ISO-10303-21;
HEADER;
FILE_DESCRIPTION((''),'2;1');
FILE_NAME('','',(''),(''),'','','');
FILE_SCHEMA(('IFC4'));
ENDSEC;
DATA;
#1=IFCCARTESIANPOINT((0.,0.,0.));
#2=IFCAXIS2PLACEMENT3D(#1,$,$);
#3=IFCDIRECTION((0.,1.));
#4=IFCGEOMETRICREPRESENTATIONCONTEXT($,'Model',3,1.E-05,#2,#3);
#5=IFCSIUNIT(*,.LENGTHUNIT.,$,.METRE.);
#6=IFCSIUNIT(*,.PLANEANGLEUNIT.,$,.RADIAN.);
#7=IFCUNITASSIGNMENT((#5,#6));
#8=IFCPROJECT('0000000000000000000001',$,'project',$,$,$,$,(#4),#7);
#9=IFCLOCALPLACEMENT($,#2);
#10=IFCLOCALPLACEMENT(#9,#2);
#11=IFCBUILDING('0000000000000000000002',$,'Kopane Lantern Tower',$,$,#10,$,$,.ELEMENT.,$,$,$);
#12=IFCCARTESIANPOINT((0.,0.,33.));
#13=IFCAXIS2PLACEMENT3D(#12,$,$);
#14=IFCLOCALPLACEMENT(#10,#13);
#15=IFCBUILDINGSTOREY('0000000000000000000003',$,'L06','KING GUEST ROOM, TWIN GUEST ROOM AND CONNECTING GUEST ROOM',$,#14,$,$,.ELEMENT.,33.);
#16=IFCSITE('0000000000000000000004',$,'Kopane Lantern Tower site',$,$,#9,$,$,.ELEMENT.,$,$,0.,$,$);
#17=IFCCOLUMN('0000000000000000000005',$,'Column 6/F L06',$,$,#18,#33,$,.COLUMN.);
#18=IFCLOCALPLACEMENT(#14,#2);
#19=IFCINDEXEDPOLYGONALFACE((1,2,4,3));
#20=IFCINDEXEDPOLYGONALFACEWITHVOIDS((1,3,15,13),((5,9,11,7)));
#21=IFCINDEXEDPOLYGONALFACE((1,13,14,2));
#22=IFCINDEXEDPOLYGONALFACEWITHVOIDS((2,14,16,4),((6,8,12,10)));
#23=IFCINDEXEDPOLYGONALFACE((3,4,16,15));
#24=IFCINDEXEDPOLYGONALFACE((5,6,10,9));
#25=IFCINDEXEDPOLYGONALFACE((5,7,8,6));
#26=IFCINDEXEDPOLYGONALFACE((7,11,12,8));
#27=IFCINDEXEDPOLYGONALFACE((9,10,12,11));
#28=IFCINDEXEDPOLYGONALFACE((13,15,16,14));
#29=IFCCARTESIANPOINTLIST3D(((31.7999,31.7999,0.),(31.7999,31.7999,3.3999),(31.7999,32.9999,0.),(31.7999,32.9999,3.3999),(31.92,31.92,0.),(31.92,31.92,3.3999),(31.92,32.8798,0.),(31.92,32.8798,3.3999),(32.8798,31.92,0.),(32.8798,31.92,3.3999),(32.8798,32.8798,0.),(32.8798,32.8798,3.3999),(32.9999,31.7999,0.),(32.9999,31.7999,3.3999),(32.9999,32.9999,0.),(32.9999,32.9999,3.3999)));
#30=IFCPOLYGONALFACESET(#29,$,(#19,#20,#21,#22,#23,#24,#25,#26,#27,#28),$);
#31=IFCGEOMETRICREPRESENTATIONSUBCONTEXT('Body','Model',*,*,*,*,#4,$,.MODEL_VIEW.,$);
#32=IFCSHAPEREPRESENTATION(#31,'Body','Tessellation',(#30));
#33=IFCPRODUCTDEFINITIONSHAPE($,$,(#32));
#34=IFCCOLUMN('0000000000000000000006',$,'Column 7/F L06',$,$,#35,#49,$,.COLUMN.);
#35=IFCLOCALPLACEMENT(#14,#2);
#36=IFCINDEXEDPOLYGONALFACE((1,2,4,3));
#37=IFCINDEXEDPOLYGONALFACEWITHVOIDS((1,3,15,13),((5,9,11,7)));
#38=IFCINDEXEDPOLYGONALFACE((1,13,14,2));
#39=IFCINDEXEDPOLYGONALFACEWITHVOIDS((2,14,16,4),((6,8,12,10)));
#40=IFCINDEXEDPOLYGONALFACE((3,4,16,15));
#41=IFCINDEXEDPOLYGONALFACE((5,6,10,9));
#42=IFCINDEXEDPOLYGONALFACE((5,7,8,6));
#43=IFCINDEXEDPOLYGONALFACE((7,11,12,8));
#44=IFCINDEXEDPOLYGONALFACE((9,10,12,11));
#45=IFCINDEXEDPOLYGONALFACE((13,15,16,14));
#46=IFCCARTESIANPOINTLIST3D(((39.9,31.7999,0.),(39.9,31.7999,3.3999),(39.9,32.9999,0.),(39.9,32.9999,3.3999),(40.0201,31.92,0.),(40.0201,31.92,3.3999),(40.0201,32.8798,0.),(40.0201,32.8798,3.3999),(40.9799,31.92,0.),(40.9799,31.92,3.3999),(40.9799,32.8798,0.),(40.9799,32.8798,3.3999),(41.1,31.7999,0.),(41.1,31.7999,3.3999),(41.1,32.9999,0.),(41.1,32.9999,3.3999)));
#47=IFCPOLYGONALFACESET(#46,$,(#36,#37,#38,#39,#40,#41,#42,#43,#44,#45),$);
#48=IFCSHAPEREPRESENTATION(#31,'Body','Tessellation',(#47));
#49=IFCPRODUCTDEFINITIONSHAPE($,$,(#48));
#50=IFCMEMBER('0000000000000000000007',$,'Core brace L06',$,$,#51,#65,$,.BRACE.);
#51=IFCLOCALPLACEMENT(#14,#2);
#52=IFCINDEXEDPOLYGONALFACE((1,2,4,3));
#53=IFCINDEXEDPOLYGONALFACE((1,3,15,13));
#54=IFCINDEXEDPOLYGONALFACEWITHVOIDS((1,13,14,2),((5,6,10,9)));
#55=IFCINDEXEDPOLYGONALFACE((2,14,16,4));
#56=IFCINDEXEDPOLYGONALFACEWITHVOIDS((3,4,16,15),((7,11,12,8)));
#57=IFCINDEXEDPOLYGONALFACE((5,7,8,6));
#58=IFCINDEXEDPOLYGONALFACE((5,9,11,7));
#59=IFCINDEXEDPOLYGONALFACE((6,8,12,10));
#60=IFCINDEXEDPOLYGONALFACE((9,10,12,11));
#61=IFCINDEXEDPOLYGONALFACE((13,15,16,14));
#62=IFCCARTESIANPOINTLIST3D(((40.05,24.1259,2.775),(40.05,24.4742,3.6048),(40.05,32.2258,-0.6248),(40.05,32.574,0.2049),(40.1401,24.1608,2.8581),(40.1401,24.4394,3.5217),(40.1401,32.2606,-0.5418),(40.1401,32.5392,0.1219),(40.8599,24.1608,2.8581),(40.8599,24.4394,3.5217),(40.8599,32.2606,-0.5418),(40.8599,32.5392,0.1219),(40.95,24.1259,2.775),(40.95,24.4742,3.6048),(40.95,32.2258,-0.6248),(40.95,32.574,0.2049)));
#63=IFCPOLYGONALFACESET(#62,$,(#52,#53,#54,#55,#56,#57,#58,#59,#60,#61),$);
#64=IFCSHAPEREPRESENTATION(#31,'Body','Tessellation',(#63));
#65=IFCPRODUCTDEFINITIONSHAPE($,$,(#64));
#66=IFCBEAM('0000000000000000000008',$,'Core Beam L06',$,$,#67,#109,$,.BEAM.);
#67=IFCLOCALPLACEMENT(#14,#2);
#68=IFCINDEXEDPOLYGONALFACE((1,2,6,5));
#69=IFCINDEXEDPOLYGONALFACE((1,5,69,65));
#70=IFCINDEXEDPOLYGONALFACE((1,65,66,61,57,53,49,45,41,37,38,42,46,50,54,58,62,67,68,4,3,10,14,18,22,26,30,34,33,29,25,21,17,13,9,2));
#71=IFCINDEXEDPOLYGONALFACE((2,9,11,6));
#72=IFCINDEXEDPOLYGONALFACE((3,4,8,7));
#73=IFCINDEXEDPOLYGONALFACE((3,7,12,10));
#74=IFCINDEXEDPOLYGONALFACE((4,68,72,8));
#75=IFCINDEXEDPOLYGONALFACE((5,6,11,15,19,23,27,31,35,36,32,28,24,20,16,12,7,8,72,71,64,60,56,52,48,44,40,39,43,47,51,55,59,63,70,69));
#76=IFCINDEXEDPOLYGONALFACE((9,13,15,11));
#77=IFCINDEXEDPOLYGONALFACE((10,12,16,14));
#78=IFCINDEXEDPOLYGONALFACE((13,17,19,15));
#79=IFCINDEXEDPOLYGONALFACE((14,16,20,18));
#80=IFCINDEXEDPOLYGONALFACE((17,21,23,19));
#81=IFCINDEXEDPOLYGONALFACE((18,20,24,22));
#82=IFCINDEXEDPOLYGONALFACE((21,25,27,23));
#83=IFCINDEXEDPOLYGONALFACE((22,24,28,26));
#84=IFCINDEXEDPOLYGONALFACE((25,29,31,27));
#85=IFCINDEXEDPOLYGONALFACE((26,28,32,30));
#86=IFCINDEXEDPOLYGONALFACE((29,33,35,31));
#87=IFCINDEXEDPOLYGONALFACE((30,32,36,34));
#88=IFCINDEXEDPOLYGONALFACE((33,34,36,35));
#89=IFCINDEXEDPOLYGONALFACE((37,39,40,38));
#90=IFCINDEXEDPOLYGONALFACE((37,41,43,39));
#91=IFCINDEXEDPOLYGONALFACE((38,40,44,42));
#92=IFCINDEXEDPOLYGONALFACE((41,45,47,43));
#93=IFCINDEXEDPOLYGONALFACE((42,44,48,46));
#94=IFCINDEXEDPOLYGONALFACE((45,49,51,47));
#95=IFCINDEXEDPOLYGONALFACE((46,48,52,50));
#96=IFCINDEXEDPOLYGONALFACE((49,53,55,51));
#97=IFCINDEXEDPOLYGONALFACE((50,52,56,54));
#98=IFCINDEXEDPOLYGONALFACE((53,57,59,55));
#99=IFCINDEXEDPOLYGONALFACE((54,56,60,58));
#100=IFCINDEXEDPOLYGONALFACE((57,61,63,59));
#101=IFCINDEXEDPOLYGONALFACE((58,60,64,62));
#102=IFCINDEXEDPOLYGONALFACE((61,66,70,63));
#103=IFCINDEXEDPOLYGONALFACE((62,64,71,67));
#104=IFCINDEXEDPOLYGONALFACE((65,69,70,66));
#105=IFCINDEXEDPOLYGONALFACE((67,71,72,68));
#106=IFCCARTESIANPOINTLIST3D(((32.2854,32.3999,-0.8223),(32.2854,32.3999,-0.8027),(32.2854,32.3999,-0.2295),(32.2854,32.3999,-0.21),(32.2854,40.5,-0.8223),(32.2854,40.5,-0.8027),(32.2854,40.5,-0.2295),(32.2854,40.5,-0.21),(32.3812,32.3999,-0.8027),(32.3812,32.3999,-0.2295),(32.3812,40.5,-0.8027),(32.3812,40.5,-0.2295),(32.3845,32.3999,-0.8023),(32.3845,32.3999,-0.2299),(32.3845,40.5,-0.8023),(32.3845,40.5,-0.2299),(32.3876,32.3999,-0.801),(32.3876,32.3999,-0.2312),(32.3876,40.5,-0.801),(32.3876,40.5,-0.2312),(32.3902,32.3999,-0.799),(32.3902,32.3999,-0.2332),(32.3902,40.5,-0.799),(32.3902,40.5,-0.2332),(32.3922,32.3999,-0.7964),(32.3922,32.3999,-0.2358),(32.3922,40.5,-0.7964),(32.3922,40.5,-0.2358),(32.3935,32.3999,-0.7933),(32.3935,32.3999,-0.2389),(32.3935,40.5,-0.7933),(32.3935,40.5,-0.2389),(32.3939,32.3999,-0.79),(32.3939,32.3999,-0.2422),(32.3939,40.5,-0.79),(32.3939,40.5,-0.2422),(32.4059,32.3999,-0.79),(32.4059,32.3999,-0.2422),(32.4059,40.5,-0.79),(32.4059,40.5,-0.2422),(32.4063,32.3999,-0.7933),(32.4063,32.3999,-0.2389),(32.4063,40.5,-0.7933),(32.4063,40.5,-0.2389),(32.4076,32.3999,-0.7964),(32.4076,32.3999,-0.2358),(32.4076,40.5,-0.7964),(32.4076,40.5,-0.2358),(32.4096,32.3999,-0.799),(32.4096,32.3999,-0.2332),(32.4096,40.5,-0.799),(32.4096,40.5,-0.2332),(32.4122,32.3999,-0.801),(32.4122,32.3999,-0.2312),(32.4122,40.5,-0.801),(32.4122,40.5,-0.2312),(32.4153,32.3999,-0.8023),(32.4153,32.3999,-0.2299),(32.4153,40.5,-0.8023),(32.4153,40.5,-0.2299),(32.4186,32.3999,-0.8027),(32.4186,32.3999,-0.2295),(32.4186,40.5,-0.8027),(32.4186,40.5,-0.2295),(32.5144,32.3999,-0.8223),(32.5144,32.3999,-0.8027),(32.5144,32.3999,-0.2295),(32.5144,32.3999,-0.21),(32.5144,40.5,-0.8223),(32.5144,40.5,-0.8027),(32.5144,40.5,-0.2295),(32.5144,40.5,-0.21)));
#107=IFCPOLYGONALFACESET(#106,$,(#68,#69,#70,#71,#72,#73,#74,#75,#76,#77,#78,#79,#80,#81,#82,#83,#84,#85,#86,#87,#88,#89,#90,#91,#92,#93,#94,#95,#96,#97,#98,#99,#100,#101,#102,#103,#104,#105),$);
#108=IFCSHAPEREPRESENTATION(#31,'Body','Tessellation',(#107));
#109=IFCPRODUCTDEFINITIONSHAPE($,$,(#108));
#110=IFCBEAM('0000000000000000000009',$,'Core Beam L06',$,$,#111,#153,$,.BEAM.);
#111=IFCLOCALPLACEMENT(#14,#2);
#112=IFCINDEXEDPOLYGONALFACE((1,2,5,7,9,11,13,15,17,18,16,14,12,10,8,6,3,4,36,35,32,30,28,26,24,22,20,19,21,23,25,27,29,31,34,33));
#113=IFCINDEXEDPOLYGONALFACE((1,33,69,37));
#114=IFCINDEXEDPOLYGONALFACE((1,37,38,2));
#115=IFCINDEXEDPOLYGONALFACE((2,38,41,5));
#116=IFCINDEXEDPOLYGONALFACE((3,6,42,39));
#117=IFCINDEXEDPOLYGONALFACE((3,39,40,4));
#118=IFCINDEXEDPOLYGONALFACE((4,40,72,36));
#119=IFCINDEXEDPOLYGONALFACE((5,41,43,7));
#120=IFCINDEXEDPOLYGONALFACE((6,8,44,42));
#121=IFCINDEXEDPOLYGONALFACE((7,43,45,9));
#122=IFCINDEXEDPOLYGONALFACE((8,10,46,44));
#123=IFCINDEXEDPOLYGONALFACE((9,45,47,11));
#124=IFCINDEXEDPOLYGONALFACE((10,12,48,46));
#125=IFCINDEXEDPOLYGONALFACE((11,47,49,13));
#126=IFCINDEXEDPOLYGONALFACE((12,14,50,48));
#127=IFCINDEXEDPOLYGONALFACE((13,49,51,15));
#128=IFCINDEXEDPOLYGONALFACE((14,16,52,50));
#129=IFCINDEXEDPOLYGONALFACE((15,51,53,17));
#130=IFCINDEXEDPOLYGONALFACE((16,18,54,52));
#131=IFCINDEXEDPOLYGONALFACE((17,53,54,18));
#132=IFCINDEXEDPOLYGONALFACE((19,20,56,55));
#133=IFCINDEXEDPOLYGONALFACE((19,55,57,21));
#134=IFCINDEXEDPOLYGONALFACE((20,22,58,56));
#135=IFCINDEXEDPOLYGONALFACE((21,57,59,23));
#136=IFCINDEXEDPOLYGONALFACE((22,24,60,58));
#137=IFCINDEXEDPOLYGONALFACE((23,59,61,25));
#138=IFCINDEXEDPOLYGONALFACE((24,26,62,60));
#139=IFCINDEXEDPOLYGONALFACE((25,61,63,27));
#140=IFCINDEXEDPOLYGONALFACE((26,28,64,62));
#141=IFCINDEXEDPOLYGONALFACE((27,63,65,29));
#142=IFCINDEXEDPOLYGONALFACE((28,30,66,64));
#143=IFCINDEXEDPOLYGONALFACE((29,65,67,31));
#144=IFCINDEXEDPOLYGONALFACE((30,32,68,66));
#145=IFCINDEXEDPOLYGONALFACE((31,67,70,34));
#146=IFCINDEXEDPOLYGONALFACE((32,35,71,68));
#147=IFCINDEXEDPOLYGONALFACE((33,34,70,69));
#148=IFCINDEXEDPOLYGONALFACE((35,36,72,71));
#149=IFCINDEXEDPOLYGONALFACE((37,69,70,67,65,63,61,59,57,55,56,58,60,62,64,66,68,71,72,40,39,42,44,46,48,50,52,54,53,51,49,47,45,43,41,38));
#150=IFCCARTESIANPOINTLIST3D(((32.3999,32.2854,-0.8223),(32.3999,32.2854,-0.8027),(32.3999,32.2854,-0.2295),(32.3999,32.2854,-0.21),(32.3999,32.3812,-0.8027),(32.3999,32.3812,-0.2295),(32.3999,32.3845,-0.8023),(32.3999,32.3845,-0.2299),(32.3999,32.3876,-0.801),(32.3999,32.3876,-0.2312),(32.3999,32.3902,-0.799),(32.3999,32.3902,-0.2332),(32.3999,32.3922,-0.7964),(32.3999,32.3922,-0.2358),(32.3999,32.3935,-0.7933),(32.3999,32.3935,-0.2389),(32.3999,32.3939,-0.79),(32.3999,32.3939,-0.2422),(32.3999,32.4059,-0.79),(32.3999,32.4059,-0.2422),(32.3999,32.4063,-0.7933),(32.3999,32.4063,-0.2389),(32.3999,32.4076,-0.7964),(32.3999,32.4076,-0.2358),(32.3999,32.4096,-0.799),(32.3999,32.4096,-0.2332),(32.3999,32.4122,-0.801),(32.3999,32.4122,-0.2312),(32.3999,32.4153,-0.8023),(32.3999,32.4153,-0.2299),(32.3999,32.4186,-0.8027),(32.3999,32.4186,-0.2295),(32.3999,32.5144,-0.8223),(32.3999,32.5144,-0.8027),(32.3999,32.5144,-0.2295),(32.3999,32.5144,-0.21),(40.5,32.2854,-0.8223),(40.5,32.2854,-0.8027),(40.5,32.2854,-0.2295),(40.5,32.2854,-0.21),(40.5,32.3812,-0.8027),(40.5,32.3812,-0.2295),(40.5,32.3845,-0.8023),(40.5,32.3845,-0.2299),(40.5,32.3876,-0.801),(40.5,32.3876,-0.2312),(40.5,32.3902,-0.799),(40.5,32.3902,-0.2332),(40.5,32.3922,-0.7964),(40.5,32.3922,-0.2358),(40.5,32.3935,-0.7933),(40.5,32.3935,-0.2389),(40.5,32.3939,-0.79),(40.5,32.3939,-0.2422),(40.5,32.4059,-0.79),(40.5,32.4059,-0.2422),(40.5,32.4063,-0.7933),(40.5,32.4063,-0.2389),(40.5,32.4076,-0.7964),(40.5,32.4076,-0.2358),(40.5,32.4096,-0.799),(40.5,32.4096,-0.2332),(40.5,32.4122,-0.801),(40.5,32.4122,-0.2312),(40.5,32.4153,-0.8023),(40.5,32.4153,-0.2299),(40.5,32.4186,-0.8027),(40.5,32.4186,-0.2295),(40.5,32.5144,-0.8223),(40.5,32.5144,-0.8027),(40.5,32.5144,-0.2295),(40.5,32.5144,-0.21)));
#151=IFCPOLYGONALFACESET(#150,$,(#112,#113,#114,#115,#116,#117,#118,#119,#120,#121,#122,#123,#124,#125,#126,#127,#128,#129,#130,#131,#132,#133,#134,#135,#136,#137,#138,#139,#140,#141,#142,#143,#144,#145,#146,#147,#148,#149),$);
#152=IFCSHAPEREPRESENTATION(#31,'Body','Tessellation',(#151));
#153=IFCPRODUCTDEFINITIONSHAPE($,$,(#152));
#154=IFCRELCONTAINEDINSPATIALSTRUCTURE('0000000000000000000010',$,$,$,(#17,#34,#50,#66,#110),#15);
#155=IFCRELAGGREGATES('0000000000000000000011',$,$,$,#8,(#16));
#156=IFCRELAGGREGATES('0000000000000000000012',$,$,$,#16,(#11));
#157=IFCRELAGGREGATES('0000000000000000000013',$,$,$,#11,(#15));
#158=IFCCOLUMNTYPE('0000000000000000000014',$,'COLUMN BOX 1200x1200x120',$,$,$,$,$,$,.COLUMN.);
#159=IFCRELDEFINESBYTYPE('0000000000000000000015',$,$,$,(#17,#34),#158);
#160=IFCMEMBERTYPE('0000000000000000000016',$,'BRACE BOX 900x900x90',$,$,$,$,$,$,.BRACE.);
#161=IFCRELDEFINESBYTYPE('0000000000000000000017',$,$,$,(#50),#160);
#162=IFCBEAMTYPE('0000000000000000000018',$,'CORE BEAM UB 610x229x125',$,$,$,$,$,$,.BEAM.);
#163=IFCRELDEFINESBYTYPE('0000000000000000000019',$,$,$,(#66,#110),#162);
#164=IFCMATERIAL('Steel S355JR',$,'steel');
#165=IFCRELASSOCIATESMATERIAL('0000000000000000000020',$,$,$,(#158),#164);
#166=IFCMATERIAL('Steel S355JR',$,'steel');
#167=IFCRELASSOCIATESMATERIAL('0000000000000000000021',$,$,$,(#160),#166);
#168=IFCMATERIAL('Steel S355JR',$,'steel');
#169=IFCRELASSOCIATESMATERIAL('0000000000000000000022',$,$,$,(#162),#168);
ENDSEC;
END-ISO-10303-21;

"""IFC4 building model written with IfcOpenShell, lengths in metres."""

from ifc_helpers import new_model, si_unit, direction, frame, origin, origin_2d, place, context, subcontext, project, spatial, hollow_rectangle, i_section, extrude, material, material_profile, profile_set, type_object, element, save


model = new_model("IFC4")

# Units and contexts
model_context = context("Model", 3, precision=1e-05, world=origin(), true_north=direction((0.0, 1.0)))
body_context = subcontext(model_context, "Body", "Model", "MODEL_VIEW")
ifc_project = project(units=[si_unit("LENGTHUNIT", "METRE"), si_unit("PLANEANGLEUNIT", "RADIAN")], contexts=[model_context])

# Site, building, storey
site_placement = place(None, origin())
site = spatial("IfcSite", under=ifc_project, at=site_placement, Name="Kopane Lantern Tower site", CompositionType="ELEMENT", RefElevation=0.0)
building_placement = place(site_placement, origin())
building = spatial("IfcBuilding", under=site, at=building_placement, Name="Kopane Lantern Tower", CompositionType="ELEMENT")
storey_placement = place(building_placement, frame((0.0, 0.0, 33.0)))
storey = spatial("IfcBuildingStorey", under=building, at=storey_placement, Name="L06", Description="KING GUEST ROOM, TWIN GUEST ROOM AND CONNECTING GUEST ROOM", CompositionType="ELEMENT", Elevation=33.0)

# Columns
ifc_material_1 = material(Name="Steel S355JR", Category="steel")
ifc_material_profile_1 = material_profile(ifc_material_1, hollow_rectangle(XDim=1.2, YDim=1.2, WallThickness=0.1201, at=origin_2d()), Name="BOX 1200x1200x120")
ifc_profile_set_1 = profile_set([ifc_material_profile_1], Name="Steel S355JR")
column_type = type_object("IfcColumnType", Name="COLUMN BOX 1200x1200x120", PredefinedType="COLUMN", material=ifc_profile_set_1)
for number, where, z_axis, x_axis, name in (
    (1, (32.3999, 32.3999, 0.0), (0.0, 0.0, 1.0), (1.0, 0.0, 0.0), "Column 6/F L06"),
    (2, (40.5, 32.3999, 0.0), (0.0, 0.0, 1.0), (1.0, 0.0, 0.0), "Column 7/F L06"),
):
    element("IfcColumn", number, at=place(storey_placement, frame(where, z_axis=z_axis, x_axis=x_axis)), inside=storey, type_object=column_type, Name=name, PredefinedType="COLUMN", context=body_context, shape_type="SweptSolid", body=[
        extrude(hollow_rectangle(XDim=1.2, YDim=1.2, WallThickness=0.1201, at=origin_2d()), origin(), (0.0, 0.0, 1.0), 3.3999),
    ])

# Member
ifc_material_2 = material(Name="Steel S355JR", Category="steel")
ifc_material_profile_2 = material_profile(ifc_material_2, hollow_rectangle(XDim=0.8999, YDim=0.8999, WallThickness=0.0901, at=origin_2d()), Name="BOX 900x900x90")
ifc_profile_set_2 = profile_set([ifc_material_profile_2], Name="Steel S355JR")
member_type = type_object("IfcMemberType", Name="BRACE BOX 900x900x90", PredefinedType="BRACE", material=ifc_profile_set_2)
member_placement = place(storey_placement, frame((40.5, 32.3999, -0.21), z_axis=(0.0, -0.922065, 0.387035), x_axis=(1.0, 0.0, 0.0)))
element("IfcMember", 3, at=member_placement, inside=storey, type_object=member_type, Name="Core brace L06", PredefinedType="BRACE", context=body_context, shape_type="SweptSolid", body=[
    extrude(hollow_rectangle(XDim=0.8999, YDim=0.8999, WallThickness=0.0901, at=origin_2d()), origin(), (0.0, 0.0, 1.0), 8.7844),
])

# Beams
ifc_material_3 = material(Name="Steel S355JR", Category="steel")
ifc_material_profile_3 = material_profile(ifc_material_3, i_section(OverallWidth=0.229, OverallDepth=0.6123, WebThickness=0.012, FlangeThickness=0.0195, FilletRadius=0.0127, at=origin_2d()), Name="UB 610x229x125")
ifc_profile_set_3 = profile_set([ifc_material_profile_3], Name="Steel S355JR")
beam_type_1 = type_object("IfcBeamType", Name="CORE BEAM UB 610x229x125", PredefinedType="BEAM", material=ifc_profile_set_3)
for number, where, z_axis, x_axis, name in (
    (4, (32.3999, 32.3999, -0.5161), (0.0, 1.0, 0.0), (-1.0, 0.0, 0.0), "Core Beam L06"),
    (5, (32.3999, 32.3999, -0.5161), (1.0, 0.0, 0.0), (0.0, 1.0, 0.0), "Core Beam L06"),
):
    element("IfcBeam", number, at=place(storey_placement, frame(where, z_axis=z_axis, x_axis=x_axis)), inside=storey, type_object=beam_type_1, Name=name, PredefinedType="BEAM", context=body_context, shape_type="SweptSolid", body=[
        extrude(i_section(OverallWidth=0.229, OverallDepth=0.6123, WebThickness=0.012, FlangeThickness=0.0195, FilletRadius=0.0127, at=origin_2d()), origin(), (0.0, 0.0, 1.0), 8.1001),
    ])

save(model, "model.ifc")
